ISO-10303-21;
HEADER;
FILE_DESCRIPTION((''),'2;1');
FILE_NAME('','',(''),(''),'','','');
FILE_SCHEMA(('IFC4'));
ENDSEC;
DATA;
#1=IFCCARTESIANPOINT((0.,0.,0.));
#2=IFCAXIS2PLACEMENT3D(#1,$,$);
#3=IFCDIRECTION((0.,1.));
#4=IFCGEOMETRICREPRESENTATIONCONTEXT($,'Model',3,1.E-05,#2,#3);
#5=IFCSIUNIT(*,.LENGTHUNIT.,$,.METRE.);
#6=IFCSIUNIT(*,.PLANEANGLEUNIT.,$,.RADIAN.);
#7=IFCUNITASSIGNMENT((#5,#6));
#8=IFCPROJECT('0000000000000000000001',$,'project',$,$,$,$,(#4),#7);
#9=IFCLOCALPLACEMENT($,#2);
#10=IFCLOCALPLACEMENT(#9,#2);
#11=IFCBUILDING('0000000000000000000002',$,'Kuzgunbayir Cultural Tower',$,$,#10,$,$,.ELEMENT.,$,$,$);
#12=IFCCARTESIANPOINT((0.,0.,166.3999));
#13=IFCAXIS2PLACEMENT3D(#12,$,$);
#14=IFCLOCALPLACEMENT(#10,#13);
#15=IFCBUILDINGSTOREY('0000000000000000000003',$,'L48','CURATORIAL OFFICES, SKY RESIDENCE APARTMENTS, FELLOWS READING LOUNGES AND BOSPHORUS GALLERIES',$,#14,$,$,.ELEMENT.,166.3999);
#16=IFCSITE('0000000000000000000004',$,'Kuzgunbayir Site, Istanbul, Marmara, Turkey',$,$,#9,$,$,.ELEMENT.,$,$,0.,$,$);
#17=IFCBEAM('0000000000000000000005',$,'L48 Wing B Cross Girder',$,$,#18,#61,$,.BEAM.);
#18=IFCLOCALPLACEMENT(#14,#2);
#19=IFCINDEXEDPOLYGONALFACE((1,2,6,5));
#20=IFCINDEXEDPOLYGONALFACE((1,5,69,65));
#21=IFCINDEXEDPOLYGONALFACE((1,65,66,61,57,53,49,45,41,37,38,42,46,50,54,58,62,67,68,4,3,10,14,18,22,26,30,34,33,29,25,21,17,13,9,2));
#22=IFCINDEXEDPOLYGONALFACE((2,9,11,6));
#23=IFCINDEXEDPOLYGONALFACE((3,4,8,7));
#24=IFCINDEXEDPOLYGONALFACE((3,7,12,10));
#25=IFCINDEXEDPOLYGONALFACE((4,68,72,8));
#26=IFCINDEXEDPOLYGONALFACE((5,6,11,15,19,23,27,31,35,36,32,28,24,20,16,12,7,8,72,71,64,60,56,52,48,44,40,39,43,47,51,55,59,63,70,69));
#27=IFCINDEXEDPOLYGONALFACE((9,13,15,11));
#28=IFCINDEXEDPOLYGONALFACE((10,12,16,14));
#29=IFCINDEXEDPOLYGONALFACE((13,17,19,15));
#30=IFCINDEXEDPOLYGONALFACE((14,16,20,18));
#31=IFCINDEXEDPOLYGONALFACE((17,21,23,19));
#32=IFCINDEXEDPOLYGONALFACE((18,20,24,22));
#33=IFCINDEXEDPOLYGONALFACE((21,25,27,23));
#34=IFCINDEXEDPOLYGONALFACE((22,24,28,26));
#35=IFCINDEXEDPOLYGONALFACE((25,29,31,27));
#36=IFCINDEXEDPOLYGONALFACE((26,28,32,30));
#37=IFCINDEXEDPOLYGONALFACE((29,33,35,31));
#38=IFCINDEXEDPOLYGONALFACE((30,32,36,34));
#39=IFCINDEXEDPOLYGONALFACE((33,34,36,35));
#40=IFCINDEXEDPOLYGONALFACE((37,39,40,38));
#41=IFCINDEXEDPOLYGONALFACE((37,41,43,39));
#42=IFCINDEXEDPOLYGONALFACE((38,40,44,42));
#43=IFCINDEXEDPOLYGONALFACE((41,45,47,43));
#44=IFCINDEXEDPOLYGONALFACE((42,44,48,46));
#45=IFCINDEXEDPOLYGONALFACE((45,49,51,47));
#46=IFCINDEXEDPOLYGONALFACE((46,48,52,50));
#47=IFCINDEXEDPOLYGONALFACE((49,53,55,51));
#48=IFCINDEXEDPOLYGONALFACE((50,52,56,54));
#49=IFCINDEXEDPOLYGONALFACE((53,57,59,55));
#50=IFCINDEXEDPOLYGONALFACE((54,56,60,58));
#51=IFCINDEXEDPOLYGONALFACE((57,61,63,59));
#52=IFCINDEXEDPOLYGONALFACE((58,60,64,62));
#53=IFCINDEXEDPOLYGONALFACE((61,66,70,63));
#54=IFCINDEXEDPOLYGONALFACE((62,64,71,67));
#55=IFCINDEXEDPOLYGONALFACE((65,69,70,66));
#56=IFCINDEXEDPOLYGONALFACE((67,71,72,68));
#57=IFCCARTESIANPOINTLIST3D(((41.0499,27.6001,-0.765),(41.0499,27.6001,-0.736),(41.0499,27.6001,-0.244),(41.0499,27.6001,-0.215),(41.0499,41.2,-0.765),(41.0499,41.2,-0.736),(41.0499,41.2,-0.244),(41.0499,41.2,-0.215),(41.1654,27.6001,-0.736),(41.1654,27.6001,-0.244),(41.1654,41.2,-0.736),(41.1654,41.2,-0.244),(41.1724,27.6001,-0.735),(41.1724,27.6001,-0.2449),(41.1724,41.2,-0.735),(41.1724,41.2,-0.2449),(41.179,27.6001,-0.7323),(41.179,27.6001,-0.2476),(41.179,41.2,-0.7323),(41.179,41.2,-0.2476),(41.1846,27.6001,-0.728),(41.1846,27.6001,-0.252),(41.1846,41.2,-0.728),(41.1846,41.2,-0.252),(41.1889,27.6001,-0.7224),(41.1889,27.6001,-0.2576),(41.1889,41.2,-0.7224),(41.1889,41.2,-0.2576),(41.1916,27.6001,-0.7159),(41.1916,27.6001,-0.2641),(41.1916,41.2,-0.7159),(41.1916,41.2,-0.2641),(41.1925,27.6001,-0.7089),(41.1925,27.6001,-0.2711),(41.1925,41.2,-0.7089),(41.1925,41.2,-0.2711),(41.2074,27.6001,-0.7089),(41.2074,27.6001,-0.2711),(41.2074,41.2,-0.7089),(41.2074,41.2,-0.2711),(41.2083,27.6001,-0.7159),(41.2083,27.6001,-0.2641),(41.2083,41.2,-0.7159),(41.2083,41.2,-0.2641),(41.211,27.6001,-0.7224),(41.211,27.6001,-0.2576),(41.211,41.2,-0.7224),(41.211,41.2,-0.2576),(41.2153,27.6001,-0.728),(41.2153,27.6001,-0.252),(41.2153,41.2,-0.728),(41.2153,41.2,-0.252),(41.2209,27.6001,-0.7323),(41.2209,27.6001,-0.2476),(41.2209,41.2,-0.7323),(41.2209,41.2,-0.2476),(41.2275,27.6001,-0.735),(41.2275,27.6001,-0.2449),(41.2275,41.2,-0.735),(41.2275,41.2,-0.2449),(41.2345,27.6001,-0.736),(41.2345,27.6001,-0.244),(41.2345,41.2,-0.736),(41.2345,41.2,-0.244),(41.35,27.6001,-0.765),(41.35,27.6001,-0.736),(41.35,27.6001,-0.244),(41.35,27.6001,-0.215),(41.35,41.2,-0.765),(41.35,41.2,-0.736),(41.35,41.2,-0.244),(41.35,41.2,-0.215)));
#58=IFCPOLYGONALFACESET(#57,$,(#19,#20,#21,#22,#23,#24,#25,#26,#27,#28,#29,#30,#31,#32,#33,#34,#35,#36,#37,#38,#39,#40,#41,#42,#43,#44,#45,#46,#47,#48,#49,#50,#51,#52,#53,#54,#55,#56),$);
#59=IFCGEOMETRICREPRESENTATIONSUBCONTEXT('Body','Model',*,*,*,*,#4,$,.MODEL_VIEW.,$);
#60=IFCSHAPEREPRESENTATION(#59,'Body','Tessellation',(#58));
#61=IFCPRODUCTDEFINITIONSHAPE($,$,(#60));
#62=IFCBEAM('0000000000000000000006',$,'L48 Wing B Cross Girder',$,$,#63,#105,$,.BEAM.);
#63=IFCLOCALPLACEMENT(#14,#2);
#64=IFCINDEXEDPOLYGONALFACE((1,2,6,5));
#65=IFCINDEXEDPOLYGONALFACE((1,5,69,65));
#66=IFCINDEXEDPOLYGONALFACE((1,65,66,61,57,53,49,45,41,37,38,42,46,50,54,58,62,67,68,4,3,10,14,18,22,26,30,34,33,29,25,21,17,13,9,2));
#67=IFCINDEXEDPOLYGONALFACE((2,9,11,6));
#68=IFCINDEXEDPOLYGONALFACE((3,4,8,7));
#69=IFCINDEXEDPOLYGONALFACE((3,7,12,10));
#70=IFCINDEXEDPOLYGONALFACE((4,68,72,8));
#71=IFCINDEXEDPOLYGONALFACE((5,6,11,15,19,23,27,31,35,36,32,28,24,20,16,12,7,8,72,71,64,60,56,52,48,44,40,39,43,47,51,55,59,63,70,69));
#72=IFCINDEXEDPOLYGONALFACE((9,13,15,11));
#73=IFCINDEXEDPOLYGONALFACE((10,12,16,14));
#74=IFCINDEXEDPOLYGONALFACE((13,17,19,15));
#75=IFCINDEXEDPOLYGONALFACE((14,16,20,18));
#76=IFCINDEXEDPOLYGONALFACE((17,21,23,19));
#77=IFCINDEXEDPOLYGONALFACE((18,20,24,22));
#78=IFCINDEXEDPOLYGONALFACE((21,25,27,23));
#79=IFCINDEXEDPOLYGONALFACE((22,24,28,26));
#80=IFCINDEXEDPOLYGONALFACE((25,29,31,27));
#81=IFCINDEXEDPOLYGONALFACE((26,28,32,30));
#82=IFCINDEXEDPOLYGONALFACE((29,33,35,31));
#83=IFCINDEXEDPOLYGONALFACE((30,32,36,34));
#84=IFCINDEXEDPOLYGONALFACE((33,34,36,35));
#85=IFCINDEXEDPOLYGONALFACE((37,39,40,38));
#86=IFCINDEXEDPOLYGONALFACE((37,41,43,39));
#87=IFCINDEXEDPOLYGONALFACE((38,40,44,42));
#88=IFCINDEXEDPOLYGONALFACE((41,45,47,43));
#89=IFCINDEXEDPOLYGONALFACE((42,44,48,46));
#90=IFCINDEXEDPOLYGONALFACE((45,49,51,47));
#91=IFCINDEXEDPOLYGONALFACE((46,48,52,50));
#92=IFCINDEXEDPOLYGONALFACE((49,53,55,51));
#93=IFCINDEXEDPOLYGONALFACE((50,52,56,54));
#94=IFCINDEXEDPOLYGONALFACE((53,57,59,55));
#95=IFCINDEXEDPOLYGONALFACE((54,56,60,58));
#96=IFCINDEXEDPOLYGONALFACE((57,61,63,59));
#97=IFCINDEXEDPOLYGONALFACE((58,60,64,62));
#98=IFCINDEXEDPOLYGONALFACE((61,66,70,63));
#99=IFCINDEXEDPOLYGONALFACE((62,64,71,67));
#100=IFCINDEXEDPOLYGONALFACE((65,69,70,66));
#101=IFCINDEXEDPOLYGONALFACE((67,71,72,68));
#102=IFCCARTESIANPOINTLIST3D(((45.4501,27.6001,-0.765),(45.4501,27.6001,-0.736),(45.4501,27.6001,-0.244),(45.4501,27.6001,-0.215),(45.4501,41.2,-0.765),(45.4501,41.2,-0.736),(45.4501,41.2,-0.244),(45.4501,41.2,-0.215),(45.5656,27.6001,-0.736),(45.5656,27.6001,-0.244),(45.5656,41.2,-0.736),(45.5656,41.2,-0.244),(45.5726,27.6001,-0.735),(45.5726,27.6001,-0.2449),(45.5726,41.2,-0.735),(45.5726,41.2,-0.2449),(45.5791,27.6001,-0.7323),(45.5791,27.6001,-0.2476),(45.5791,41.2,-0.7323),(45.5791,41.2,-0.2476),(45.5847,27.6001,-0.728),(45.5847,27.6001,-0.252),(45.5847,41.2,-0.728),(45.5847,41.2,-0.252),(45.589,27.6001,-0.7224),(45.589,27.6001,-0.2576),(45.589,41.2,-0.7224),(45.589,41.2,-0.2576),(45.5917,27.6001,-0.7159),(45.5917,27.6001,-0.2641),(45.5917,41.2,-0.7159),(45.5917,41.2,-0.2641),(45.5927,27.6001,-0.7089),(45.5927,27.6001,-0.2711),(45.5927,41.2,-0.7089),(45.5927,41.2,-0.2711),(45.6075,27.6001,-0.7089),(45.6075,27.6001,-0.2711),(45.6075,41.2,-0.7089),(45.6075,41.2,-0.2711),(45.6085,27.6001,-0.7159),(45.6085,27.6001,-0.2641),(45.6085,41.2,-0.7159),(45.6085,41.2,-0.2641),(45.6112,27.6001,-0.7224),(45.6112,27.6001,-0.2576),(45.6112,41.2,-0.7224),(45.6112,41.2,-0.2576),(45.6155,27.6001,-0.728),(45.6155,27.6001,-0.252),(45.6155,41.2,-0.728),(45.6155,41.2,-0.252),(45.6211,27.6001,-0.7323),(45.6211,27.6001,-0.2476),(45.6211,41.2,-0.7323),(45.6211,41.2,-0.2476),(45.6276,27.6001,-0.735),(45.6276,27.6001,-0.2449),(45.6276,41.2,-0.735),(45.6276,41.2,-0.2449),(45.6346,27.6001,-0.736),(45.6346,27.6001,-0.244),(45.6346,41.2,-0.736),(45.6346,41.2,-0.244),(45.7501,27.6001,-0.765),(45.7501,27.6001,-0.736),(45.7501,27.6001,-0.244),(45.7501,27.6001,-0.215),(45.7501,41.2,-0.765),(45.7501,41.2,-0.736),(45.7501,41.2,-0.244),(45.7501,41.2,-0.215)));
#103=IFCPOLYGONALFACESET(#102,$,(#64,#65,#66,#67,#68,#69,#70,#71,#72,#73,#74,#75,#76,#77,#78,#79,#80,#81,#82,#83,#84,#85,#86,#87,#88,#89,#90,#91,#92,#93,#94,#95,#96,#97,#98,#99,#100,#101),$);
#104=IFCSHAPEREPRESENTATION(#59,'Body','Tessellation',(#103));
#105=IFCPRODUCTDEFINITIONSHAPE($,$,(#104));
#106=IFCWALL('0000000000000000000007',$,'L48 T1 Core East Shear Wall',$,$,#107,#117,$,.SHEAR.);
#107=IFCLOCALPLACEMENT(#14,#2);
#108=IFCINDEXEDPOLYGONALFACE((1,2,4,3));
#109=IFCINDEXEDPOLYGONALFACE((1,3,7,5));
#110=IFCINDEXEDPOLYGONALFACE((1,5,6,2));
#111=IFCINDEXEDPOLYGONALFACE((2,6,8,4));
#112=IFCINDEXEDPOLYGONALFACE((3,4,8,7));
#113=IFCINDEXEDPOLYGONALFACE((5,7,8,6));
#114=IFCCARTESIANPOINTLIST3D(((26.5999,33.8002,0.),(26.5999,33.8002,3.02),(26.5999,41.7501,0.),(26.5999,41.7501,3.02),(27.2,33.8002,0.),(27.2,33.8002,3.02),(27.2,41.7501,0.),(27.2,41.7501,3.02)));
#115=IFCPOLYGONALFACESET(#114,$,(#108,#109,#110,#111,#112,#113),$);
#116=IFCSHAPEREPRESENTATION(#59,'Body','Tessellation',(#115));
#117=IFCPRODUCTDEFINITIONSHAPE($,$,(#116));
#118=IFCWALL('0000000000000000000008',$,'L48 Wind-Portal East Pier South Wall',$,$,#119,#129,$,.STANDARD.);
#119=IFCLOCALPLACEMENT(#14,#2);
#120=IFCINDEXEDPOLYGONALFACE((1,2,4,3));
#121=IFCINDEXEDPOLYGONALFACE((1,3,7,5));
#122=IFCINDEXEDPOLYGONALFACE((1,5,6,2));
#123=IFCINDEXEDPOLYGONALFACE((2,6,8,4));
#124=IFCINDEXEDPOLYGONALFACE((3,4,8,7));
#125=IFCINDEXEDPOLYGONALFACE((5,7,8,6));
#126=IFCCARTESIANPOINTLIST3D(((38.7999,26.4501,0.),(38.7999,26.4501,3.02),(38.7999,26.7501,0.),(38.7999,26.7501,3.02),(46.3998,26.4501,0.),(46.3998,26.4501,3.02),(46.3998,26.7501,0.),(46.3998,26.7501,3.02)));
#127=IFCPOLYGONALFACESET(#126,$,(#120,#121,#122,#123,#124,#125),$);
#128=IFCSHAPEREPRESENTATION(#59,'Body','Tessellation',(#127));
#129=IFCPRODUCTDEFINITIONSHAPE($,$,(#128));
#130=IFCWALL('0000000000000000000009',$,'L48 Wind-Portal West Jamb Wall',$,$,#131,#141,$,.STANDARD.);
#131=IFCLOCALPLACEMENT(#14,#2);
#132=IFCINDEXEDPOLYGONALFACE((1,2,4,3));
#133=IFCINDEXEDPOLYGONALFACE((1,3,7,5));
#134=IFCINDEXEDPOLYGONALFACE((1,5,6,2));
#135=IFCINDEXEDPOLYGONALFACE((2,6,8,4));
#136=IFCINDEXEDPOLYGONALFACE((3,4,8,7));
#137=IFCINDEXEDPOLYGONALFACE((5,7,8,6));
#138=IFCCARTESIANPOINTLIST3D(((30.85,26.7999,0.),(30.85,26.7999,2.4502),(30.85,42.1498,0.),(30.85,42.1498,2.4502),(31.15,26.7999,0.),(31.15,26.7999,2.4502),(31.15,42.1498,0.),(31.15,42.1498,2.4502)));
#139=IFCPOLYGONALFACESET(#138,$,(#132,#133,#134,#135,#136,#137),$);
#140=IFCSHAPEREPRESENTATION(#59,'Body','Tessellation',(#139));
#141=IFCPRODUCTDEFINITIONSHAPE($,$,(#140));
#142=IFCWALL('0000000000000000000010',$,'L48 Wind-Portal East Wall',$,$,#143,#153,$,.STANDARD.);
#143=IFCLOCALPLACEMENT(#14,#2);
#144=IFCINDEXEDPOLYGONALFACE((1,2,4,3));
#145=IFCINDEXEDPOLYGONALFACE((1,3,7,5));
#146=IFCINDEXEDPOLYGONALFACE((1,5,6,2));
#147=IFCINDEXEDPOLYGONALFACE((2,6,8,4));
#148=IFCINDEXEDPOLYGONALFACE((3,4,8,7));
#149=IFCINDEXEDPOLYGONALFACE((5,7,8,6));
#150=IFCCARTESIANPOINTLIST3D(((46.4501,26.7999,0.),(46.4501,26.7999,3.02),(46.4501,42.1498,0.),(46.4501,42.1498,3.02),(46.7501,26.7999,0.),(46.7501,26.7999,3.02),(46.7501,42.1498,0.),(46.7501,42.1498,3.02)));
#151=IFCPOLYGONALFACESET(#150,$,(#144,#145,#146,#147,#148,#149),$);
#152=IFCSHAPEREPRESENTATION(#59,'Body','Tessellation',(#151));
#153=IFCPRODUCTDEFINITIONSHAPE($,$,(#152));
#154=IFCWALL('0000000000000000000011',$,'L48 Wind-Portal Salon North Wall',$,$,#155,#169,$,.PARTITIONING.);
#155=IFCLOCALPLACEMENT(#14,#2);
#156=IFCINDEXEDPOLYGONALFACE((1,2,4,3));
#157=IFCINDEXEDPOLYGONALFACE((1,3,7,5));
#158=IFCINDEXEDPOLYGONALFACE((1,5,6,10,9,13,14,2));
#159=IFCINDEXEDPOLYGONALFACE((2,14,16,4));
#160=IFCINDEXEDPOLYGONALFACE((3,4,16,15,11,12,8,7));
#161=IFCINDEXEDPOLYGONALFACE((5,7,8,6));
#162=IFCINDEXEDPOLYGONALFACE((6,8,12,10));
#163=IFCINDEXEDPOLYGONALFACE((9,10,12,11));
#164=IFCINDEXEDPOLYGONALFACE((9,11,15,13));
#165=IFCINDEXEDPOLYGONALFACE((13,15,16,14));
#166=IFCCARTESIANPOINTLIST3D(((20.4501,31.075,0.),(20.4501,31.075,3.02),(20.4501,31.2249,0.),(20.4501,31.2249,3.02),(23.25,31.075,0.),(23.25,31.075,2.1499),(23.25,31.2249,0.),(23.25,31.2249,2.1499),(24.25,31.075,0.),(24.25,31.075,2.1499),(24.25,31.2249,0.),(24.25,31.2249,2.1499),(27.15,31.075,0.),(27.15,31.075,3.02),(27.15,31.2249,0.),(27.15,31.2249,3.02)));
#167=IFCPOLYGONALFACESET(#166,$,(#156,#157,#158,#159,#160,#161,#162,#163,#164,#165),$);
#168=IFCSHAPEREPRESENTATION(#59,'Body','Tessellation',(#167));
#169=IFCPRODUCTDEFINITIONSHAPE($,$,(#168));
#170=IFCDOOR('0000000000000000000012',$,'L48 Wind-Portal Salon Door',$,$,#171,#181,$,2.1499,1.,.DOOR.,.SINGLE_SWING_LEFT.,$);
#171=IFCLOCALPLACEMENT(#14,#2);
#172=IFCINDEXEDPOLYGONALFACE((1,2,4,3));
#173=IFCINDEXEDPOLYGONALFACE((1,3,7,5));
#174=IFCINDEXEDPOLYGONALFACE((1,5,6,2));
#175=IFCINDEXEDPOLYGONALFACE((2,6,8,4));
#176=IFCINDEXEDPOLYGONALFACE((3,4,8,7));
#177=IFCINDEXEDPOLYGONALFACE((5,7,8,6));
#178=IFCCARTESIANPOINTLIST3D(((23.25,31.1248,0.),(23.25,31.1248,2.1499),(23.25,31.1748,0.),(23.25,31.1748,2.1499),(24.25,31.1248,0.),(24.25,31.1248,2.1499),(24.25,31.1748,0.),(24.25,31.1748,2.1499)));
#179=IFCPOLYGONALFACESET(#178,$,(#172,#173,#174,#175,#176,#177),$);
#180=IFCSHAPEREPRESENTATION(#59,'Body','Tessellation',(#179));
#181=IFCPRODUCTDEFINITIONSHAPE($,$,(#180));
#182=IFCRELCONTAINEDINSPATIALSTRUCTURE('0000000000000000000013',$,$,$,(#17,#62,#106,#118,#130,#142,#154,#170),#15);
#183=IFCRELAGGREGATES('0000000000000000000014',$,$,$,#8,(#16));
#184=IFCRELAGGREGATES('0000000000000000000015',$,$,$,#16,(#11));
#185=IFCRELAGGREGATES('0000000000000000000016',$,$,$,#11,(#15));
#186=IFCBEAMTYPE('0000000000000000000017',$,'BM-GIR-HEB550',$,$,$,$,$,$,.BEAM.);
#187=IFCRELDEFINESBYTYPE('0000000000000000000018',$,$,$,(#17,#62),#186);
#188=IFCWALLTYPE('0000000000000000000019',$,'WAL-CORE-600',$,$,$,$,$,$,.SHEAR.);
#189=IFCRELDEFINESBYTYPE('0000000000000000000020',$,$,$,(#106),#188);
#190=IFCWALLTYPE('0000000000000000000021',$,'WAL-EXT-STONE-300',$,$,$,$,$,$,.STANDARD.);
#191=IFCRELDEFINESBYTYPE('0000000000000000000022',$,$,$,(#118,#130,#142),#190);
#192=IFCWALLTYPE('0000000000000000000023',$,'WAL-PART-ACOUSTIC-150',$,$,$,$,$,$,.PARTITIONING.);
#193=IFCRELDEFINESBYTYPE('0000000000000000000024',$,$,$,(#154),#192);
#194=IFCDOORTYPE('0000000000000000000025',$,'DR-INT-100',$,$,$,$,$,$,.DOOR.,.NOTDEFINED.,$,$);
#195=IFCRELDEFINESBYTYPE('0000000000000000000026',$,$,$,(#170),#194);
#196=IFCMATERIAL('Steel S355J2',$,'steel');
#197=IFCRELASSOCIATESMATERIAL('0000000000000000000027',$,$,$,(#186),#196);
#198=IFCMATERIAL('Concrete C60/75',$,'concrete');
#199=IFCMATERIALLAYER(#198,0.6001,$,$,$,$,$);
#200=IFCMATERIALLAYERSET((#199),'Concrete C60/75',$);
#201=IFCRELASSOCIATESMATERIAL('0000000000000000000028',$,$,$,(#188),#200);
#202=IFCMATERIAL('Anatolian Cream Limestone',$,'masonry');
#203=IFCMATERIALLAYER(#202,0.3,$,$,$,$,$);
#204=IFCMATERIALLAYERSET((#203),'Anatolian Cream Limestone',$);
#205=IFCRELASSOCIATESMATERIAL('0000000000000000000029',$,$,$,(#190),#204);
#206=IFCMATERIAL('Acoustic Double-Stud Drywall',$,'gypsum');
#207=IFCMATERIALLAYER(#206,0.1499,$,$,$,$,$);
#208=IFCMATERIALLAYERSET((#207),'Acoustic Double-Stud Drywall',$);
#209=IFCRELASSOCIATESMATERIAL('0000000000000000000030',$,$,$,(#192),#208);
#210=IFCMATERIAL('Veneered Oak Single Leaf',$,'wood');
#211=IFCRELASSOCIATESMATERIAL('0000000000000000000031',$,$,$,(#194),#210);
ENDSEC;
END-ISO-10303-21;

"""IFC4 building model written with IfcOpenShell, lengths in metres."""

from ifc_helpers import new_model, si_unit, direction, frame, frame_2d, origin, origin_2d, place, context, subcontext, project, spatial, rectangle, i_section, extrude, material, layer, layer_set, material_profile, profile_set, type_object, element, fill, save


model = new_model("IFC4")

# Units and contexts
model_context = context("Model", 3, precision=1e-05, world=origin(), true_north=direction((0.0, 1.0)))
body_context = subcontext(model_context, "Body", "Model", "MODEL_VIEW")
ifc_project = project(units=[si_unit("LENGTHUNIT", "METRE"), si_unit("PLANEANGLEUNIT", "RADIAN")], contexts=[model_context])

# Site, building, storey
site_placement = place(None, origin())
site = spatial("IfcSite", under=ifc_project, at=site_placement, Name="Kuzgunbayir Site, Istanbul, Marmara, Turkey", CompositionType="ELEMENT", RefElevation=0.0)
building_placement = place(site_placement, origin())
building = spatial("IfcBuilding", under=site, at=building_placement, Name="Kuzgunbayir Cultural Tower", CompositionType="ELEMENT")
storey_placement = place(building_placement, frame((0.0, 0.0, 166.3999)))
storey = spatial("IfcBuildingStorey", under=building, at=storey_placement, Name="L48", Description="CURATORIAL OFFICES, SKY RESIDENCE APARTMENTS, FELLOWS READING LOUNGES AND BOSPHORUS GALLERIES", CompositionType="ELEMENT", Elevation=166.3999)

# Beams
ifc_material_1 = material(Name="Steel S355J2", Category="steel")
ifc_material_profile_1 = material_profile(ifc_material_1, i_section(OverallWidth=0.3, OverallDepth=0.55, WebThickness=0.0149, FlangeThickness=0.0291, FilletRadius=0.0271, at=origin_2d()), Name="HEB 550")
ifc_profile_set_1 = profile_set([ifc_material_profile_1], Name="Steel S355J2")
beam_type_1 = type_object("IfcBeamType", Name="BM-GIR-HEB550", PredefinedType="BEAM", material=ifc_profile_set_1)
for number, where, z_axis, x_axis, name in (
    (1, (41.2, 27.6001, -0.49), (0.0, 1.0, 0.0), (-1.0, 0.0, 0.0), "L48 Wing B Cross Girder"),
    (2, (45.6001, 27.6001, -0.49), (0.0, 1.0, 0.0), (-1.0, 0.0, 0.0), "L48 Wing B Cross Girder"),
):
    element("IfcBeam", number, at=place(storey_placement, frame(where, z_axis=z_axis, x_axis=x_axis)), inside=storey, type_object=beam_type_1, Name=name, PredefinedType="BEAM", context=body_context, shape_type="SweptSolid", body=[
        extrude(i_section(OverallWidth=0.3, OverallDepth=0.55, WebThickness=0.0149, FlangeThickness=0.0291, FilletRadius=0.0271, at=origin_2d()), origin(), (0.0, 0.0, 1.0), 13.5999),
    ])

# Walls
ifc_material_2 = material(Name="Concrete C60/75", Category="concrete")
ifc_layer_1 = layer(ifc_material_2, 0.6001)
ifc_layer_set_1 = layer_set([ifc_layer_1], Name="Concrete C60/75")
wall_type_1 = type_object("IfcWallType", Name="WAL-CORE-600", PredefinedType="SHEAR", material=ifc_layer_set_1)
wall_1_placement = place(storey_placement, frame((26.8999, 33.8, 0.0), z_axis=(0.0, 0.0, 1.0), x_axis=(0.0, 1.0, 0.0)))
element("IfcWall", 3, at=wall_1_placement, inside=storey, type_object=wall_type_1, Name="L48 T1 Core East Shear Wall", PredefinedType="SHEAR", context=body_context, shape_type="SweptSolid", body=[
    extrude(rectangle(XDim=7.95, YDim=0.6001, at=frame_2d((3.9751, 0.0))), origin(), (0.0, 0.0, 1.0), 3.02),
])
ifc_material_3 = material(Name="Anatolian Cream Limestone", Category="masonry")
ifc_layer_2 = layer(ifc_material_3, 0.3)
ifc_layer_set_2 = layer_set([ifc_layer_2], Name="Anatolian Cream Limestone")
wall_type_2 = type_object("IfcWallType", Name="WAL-EXT-STONE-300", PredefinedType="STANDARD", material=ifc_layer_set_2)
wall_2_placement = place(storey_placement, frame((38.8, 26.6001, 0.0), z_axis=(0.0, 0.0, 1.0), x_axis=(1.0, 0.0, 0.0)))
element("IfcWall", 4, at=wall_2_placement, inside=storey, type_object=wall_type_2, Name="L48 Wind-Portal East Pier South Wall", PredefinedType="STANDARD", context=body_context, shape_type="SweptSolid", body=[
    extrude(rectangle(XDim=7.5999, YDim=0.3, at=frame_2d((3.7998, 0.0))), origin(), (0.0, 0.0, 1.0), 3.02),
])
wall_3_placement = place(storey_placement, frame((31.0, 26.8, 0.0), z_axis=(0.0, 0.0, 1.0), x_axis=(0.0, 1.0, 0.0)))
element("IfcWall", 5, at=wall_3_placement, inside=storey, type_object=wall_type_2, Name="L48 Wind-Portal West Jamb Wall", PredefinedType="STANDARD", context=body_context, shape_type="SweptSolid", body=[
    extrude(rectangle(XDim=15.3499, YDim=0.3, at=frame_2d((7.6748, 0.0))), origin(), (0.0, 0.0, 1.0), 2.4502),
])
wall_4_placement = place(storey_placement, frame((46.6001, 26.8, 0.0), z_axis=(0.0, 0.0, 1.0), x_axis=(0.0, 1.0, 0.0)))
element("IfcWall", 6, at=wall_4_placement, inside=storey, type_object=wall_type_2, Name="L48 Wind-Portal East Wall", PredefinedType="STANDARD", context=body_context, shape_type="SweptSolid", body=[
    extrude(rectangle(XDim=15.3499, YDim=0.3, at=frame_2d((7.6748, 0.0))), origin(), (0.0, 0.0, 1.0), 3.02),
])

# Wall, opening, door
ifc_material_4 = material(Name="Acoustic Double-Stud Drywall", Category="gypsum")
ifc_layer_3 = layer(ifc_material_4, 0.1499)
ifc_layer_set_3 = layer_set([ifc_layer_3], Name="Acoustic Double-Stud Drywall")
wall_type_3 = type_object("IfcWallType", Name="WAL-PART-ACOUSTIC-150", PredefinedType="PARTITIONING", material=ifc_layer_set_3)
wall_5_placement = place(storey_placement, frame((20.45, 31.1499, 0.0), z_axis=(0.0, 0.0, 1.0), x_axis=(1.0, 0.0, 0.0)))
wall_5 = element("IfcWall", 7, at=wall_5_placement, inside=storey, type_object=wall_type_3, Name="L48 Wind-Portal Salon North Wall", PredefinedType="PARTITIONING", context=body_context, shape_type="SweptSolid", body=[
    extrude(rectangle(XDim=6.7, YDim=0.1499, at=frame_2d((3.3501, 0.0))), origin(), (0.0, 0.0, 1.0), 3.02),
])
opening_1_placement = place(wall_5_placement, frame((2.8, 0.0, 0.0)))
opening_1 = element("IfcOpeningElement", 8, at=opening_1_placement, cuts=wall_5, PredefinedType="OPENING", context=body_context, shape_type="SweptSolid", body=[
    extrude(rectangle(XDim=1.0, YDim=2.1499, at=frame_2d((0.5, 1.075))), frame((0.0, 0.085, 0.0), z_axis=(0.0, -1.0, 0.0), x_axis=(1.0, 0.0, 0.0)), (0.0, 0.0, 1.0), 0.1699),
])
ifc_material_5 = material(Name="Veneered Oak Single Leaf", Category="wood")
door_type_1 = type_object("IfcDoorType", Name="DR-INT-100", OperationType="NOTDEFINED", PredefinedType="DOOR", material=ifc_material_5)
door_1_placement = place(opening_1_placement, origin())
door_1 = element("IfcDoor", 9, at=door_1_placement, inside=storey, type_object=door_type_1, Name="L48 Wind-Portal Salon Door", OperationType="SINGLE_SWING_LEFT", OverallHeight=2.1499, OverallWidth=1.0, PredefinedType="DOOR", context=body_context, shape_type="SweptSolid", body=[
    extrude(rectangle(XDim=1.0, YDim=2.1499, at=frame_2d((0.5, 1.075))), frame((0.0, 0.0249, 0.0), z_axis=(0.0, -1.0, 0.0), x_axis=(1.0, 0.0, 0.0)), (0.0, 0.0, 1.0), 0.05),
])
fill(opening_1, door_1)

save(model, "model.ifc")
